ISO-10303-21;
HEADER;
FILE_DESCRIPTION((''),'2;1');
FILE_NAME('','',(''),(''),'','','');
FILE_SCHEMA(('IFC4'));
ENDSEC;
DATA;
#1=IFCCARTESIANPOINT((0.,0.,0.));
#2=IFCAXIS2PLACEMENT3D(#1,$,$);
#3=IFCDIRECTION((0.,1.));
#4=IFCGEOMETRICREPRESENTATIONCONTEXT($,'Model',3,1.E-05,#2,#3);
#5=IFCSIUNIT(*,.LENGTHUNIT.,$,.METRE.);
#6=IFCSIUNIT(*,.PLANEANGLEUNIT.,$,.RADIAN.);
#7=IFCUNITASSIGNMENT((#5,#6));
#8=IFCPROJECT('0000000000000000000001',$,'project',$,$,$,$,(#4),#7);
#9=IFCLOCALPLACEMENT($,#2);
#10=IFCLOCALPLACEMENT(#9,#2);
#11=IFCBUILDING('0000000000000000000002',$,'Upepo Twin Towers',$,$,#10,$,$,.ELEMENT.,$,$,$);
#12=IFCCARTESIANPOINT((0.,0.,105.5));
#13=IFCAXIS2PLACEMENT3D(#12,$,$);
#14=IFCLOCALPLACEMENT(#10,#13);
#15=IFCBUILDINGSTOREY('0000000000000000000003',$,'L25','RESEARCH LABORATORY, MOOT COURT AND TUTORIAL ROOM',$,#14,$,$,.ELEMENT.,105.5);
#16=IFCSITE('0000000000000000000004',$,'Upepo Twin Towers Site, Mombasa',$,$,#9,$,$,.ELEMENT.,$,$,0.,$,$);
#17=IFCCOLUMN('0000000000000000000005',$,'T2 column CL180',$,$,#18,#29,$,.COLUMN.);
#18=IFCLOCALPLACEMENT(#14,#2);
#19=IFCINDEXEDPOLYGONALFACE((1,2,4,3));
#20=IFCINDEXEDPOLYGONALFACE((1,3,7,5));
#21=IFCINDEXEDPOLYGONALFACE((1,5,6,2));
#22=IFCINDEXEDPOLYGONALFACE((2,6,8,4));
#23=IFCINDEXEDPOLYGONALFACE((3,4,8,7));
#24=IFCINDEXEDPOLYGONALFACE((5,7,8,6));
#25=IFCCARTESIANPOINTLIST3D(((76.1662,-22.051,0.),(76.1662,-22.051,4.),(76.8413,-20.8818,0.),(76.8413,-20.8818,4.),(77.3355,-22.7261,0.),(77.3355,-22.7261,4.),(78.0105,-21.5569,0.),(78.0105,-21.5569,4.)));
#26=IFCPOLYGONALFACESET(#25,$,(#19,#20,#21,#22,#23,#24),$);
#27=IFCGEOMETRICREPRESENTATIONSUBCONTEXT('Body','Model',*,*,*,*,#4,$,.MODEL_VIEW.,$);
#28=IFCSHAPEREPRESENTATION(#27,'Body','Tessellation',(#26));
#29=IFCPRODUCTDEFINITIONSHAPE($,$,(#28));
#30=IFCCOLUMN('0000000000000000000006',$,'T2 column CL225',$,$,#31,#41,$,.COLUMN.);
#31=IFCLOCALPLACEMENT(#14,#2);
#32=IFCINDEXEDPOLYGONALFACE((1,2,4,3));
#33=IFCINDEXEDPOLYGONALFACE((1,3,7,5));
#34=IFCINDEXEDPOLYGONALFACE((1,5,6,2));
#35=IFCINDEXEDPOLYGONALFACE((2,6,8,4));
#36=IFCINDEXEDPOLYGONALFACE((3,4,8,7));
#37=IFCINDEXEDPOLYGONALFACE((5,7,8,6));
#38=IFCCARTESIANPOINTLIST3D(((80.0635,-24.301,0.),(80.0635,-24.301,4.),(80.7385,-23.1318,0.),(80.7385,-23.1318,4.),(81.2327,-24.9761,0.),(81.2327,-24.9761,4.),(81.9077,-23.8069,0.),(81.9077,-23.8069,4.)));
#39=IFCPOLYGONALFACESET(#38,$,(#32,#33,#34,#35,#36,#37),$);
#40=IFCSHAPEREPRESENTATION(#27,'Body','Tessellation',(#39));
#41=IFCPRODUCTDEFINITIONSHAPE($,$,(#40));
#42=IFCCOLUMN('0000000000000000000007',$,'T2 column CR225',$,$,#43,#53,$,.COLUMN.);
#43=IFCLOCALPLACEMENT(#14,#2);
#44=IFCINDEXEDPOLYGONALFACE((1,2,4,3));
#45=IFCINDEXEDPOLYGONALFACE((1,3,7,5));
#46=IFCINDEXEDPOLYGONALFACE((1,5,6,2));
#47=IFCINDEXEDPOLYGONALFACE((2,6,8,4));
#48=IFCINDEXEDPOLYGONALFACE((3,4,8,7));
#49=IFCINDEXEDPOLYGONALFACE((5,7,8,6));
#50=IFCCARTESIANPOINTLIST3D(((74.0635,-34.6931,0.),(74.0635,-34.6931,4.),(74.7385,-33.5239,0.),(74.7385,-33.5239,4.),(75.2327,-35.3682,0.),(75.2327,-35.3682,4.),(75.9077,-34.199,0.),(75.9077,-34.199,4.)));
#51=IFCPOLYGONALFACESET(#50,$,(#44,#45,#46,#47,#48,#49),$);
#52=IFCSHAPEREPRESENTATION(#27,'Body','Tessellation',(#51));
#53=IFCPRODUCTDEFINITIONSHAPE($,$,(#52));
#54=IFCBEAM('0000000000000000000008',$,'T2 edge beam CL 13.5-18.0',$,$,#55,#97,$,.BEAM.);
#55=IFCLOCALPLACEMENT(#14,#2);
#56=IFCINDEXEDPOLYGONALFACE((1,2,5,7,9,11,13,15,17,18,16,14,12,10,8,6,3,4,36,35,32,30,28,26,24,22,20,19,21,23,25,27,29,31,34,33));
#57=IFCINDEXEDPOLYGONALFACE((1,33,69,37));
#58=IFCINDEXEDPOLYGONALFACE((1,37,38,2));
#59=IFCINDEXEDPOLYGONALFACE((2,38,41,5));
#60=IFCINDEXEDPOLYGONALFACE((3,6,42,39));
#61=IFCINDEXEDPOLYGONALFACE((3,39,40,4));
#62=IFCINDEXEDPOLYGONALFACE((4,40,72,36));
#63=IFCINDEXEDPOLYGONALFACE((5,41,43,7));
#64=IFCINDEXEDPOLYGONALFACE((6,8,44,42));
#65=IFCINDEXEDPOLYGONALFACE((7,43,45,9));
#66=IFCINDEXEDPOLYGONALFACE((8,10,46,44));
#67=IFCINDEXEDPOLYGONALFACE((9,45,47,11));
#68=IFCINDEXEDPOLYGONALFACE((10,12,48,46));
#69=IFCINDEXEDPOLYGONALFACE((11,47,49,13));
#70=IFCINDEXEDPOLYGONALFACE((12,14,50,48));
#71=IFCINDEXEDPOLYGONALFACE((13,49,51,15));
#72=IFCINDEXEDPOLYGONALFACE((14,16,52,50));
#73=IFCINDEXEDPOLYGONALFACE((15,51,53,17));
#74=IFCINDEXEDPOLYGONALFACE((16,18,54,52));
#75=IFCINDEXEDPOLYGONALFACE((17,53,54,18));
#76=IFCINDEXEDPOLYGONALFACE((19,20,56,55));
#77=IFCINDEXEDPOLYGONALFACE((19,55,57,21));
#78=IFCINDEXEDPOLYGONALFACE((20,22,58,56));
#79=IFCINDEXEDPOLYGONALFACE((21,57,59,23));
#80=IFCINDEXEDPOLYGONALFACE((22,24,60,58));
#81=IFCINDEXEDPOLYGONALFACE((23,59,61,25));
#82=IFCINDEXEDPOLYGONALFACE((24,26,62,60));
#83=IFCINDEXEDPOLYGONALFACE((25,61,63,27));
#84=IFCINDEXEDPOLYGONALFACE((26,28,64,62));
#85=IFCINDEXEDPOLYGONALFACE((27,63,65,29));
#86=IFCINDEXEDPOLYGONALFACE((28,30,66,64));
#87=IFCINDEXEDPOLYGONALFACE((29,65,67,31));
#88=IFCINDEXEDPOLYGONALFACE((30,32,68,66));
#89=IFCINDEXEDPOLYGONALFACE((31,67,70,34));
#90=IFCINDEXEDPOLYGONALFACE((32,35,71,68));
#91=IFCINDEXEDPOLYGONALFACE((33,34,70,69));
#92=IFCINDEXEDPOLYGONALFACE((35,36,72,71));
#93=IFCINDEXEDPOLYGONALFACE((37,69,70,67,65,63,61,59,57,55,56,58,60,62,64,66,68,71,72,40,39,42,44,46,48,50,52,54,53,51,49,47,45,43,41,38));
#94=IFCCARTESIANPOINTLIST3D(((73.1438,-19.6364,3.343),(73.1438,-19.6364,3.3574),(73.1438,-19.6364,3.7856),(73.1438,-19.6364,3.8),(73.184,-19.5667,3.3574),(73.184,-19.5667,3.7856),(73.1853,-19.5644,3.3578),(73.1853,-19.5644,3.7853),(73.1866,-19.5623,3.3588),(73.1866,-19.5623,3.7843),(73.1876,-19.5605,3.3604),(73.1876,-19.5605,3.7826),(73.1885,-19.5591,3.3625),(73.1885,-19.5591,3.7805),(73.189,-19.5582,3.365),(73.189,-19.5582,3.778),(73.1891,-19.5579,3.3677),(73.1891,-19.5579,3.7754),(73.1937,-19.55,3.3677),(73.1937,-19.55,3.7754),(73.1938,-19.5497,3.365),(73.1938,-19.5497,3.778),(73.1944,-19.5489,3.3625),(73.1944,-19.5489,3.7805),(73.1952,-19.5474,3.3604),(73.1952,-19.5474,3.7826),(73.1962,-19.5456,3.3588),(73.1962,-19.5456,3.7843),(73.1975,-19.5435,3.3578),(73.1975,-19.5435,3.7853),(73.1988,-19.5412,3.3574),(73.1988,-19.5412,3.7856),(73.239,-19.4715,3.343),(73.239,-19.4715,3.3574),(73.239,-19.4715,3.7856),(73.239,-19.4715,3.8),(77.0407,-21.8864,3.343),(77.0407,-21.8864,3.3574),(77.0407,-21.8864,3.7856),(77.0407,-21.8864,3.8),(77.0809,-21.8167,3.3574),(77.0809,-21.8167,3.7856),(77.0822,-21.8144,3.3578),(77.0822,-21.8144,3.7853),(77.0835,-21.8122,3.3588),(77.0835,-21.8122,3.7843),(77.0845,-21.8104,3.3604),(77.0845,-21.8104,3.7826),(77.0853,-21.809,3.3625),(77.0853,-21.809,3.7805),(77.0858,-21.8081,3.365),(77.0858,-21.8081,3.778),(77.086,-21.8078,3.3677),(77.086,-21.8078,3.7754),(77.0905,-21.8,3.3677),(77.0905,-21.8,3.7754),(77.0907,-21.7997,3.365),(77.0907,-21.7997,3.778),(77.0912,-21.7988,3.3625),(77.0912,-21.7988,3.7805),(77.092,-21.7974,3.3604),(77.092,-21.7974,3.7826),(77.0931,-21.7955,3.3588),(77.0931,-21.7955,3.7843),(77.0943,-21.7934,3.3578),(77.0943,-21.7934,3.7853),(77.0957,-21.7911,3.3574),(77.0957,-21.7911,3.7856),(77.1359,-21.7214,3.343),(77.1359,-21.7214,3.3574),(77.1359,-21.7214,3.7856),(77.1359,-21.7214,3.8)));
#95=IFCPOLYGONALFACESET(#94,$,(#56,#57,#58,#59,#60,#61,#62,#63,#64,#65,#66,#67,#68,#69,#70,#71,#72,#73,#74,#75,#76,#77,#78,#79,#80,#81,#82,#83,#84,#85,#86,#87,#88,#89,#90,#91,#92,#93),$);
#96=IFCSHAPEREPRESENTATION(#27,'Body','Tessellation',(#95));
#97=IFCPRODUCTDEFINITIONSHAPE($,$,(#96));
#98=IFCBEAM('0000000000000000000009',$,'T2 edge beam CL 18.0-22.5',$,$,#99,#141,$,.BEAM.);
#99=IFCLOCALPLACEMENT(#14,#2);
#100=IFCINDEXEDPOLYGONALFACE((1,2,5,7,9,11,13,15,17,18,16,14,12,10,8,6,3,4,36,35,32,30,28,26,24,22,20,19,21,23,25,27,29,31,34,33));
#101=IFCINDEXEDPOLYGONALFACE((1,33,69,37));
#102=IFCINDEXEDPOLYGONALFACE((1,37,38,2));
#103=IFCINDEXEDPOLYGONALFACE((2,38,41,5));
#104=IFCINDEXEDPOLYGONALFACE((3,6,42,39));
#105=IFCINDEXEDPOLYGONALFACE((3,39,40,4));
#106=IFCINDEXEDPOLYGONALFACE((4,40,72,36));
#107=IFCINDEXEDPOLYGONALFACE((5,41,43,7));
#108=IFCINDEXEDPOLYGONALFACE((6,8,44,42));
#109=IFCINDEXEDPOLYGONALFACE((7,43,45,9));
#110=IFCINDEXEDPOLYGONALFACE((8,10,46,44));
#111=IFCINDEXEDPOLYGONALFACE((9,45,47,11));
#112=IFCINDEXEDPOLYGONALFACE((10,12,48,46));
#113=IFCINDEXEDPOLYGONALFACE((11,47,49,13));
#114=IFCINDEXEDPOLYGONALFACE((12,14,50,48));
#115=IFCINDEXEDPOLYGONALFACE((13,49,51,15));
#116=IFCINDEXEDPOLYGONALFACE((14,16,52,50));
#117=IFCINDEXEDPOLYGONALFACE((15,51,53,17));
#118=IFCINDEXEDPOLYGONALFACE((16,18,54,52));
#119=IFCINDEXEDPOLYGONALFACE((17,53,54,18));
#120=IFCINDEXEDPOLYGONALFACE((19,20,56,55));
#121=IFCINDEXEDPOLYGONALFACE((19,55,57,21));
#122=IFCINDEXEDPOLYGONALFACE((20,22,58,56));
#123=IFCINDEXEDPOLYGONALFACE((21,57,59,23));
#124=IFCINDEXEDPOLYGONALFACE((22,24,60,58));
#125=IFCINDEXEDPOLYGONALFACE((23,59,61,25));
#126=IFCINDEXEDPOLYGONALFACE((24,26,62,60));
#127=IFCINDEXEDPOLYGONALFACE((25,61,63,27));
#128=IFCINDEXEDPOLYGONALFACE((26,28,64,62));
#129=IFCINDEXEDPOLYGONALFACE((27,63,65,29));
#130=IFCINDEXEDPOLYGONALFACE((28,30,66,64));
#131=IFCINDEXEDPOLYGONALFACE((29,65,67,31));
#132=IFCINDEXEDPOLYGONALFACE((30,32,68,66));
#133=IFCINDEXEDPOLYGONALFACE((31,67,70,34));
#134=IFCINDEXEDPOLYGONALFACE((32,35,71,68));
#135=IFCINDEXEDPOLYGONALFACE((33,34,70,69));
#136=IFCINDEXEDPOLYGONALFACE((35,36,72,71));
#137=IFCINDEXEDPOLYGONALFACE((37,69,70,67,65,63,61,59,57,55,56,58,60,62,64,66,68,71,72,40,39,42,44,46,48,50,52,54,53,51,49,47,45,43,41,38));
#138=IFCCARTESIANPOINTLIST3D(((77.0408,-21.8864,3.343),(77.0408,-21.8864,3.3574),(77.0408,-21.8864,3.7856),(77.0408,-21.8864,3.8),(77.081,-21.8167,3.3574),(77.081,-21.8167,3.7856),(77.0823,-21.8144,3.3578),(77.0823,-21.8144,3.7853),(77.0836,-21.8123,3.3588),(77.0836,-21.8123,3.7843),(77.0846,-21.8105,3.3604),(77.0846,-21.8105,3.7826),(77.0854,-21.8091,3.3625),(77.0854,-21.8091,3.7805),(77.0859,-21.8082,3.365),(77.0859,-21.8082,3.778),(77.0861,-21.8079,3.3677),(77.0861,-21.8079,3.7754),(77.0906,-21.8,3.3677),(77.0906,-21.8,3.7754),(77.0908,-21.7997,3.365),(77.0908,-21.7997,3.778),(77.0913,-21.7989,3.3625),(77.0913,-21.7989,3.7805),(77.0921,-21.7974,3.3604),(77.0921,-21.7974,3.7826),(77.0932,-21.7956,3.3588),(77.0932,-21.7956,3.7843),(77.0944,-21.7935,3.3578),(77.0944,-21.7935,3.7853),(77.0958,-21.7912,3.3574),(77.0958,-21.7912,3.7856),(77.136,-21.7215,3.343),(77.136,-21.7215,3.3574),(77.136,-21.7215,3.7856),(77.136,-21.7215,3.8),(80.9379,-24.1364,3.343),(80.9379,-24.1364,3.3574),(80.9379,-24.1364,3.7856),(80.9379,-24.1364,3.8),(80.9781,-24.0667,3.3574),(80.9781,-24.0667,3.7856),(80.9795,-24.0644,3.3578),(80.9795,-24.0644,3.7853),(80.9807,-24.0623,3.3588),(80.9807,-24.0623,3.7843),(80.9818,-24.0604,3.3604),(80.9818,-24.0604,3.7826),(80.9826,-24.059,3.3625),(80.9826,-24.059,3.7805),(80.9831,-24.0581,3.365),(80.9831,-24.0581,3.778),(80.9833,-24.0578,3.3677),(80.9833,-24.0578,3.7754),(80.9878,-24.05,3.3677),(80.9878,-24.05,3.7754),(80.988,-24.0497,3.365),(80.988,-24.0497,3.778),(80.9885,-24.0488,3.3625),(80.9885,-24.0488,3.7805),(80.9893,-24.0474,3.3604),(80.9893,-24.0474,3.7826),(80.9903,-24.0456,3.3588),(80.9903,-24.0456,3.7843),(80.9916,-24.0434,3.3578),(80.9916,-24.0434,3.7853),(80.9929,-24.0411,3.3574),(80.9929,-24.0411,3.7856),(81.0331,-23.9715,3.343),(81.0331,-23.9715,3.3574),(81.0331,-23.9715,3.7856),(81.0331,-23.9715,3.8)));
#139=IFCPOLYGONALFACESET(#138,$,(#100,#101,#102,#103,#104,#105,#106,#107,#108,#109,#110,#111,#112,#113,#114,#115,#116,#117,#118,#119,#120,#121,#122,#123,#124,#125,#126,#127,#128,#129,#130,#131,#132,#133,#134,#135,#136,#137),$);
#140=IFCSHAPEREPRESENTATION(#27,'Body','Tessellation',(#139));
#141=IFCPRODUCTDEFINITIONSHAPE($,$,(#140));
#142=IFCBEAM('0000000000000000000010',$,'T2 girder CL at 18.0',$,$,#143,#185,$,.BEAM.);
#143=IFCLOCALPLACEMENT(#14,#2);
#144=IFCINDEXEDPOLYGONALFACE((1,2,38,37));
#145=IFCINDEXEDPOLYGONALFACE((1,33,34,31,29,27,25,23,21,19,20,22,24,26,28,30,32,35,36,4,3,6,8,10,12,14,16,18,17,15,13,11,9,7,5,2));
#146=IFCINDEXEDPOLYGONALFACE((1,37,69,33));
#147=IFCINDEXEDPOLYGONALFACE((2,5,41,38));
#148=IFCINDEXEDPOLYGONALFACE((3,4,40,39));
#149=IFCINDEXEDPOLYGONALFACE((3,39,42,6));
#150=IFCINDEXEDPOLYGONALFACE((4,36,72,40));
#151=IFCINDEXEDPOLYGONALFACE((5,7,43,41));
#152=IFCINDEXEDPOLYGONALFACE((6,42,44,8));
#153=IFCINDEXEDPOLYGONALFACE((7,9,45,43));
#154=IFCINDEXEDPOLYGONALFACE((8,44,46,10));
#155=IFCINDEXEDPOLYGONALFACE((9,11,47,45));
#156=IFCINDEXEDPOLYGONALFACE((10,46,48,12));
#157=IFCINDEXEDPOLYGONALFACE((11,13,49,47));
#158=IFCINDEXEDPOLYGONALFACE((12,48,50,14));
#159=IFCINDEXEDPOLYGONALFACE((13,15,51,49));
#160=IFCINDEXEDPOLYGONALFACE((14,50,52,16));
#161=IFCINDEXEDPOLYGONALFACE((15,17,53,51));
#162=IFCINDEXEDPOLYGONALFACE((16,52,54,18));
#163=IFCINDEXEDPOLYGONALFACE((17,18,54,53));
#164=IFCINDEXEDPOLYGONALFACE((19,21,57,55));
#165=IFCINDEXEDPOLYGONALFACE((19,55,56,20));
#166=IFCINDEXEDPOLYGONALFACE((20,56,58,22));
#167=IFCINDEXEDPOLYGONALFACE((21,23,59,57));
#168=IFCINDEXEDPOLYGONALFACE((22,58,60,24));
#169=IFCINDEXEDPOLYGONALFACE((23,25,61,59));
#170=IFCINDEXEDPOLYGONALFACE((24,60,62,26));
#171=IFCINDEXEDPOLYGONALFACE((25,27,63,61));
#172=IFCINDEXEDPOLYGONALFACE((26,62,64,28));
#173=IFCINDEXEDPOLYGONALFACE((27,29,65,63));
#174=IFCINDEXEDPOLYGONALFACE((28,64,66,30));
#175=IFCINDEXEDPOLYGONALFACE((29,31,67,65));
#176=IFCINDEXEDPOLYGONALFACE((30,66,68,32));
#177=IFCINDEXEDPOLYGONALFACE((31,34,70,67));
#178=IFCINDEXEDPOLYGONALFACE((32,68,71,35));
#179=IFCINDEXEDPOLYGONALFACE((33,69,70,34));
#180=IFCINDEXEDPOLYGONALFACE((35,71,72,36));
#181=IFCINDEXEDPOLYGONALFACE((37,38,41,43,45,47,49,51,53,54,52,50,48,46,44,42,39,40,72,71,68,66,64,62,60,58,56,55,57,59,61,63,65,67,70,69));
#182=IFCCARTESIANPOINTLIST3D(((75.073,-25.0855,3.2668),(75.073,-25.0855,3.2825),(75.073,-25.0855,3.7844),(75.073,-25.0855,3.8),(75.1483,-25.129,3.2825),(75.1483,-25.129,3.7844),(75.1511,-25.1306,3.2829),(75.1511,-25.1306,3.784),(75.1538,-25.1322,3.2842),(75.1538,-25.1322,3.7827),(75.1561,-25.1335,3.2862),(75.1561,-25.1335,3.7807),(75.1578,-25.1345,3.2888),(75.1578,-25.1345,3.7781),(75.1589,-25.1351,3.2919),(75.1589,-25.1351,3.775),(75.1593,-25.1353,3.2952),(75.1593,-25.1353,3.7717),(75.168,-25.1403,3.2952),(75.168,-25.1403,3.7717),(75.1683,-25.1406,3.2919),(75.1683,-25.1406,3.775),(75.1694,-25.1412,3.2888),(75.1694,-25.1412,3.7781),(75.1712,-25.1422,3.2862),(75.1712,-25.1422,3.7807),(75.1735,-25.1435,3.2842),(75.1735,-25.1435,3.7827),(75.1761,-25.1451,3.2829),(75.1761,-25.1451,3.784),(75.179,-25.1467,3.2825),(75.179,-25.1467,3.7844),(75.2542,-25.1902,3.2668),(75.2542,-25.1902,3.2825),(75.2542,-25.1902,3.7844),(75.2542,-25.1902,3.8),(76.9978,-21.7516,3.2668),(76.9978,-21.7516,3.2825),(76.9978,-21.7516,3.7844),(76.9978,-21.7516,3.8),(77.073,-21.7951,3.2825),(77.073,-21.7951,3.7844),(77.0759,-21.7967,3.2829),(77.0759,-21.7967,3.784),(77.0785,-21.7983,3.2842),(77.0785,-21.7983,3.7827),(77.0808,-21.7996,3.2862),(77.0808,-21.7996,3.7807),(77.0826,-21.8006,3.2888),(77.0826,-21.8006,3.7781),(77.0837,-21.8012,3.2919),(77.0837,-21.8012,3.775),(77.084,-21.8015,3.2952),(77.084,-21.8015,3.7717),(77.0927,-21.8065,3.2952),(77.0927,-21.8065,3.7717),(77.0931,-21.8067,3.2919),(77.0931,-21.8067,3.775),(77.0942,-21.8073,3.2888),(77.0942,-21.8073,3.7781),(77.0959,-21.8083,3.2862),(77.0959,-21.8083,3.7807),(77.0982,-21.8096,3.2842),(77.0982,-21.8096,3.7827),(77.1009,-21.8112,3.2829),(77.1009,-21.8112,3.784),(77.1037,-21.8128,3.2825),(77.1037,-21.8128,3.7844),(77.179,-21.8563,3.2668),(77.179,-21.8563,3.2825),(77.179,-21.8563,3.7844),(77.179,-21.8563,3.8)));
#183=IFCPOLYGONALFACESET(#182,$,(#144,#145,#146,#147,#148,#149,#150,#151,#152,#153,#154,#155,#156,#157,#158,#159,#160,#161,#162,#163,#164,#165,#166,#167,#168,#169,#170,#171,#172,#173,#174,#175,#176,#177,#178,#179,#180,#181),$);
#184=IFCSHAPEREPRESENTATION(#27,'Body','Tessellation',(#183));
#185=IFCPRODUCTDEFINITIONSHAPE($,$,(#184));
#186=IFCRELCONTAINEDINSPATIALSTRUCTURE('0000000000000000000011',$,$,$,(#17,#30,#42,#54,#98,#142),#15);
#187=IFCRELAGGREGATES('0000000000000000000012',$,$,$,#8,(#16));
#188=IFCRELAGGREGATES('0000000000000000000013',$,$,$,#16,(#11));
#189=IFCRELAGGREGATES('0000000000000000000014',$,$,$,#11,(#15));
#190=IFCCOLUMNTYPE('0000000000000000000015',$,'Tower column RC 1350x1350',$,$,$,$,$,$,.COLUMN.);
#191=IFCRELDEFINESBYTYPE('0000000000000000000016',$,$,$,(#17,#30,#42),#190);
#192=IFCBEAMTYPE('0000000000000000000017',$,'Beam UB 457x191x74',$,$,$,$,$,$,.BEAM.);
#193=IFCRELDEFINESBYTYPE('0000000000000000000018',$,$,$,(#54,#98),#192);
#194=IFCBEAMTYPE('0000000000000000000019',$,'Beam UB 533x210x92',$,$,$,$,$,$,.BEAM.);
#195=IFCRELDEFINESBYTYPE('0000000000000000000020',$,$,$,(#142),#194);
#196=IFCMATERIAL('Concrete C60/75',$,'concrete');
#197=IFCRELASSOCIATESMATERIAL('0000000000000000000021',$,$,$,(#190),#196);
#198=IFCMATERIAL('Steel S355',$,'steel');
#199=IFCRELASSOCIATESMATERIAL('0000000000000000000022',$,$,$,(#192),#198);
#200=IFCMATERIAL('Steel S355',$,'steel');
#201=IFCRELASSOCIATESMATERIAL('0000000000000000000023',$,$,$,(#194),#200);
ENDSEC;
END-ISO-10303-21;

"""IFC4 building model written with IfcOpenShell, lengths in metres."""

from ifc_helpers import new_model, si_unit, direction, frame, origin, origin_2d, place, context, subcontext, project, spatial, rectangle, i_section, extrude, material, material_profile, profile_set, type_object, element, save


model = new_model("IFC4")

# Units and contexts
model_context = context("Model", 3, precision=1e-05, world=origin(), true_north=direction((0.0, 1.0)))
body_context = subcontext(model_context, "Body", "Model", "MODEL_VIEW")
ifc_project = project(units=[si_unit("LENGTHUNIT", "METRE"), si_unit("PLANEANGLEUNIT", "RADIAN")], contexts=[model_context])

# Site, building, storey
site_placement = place(None, origin())
site = spatial("IfcSite", under=ifc_project, at=site_placement, Name="Upepo Twin Towers Site, Mombasa", CompositionType="ELEMENT", RefElevation=0.0)
building_placement = place(site_placement, origin())
building = spatial("IfcBuilding", under=site, at=building_placement, Name="Upepo Twin Towers", CompositionType="ELEMENT")
storey_placement = place(building_placement, frame((0.0, 0.0, 105.5)))
storey = spatial("IfcBuildingStorey", under=building, at=storey_placement, Name="L25", Description="RESEARCH LABORATORY, MOOT COURT AND TUTORIAL ROOM", CompositionType="ELEMENT", Elevation=105.5)

# Columns
ifc_material_1 = material(Name="Concrete C60/75", Category="concrete")
ifc_material_profile_1 = material_profile(ifc_material_1, rectangle(XDim=1.3501, YDim=1.3501, at=origin_2d()), Name="RC 1350x1350")
ifc_profile_set_1 = profile_set([ifc_material_profile_1], Name="Concrete C60/75")
column_type = type_object("IfcColumnType", Name="Tower column RC 1350x1350", PredefinedType="COLUMN", material=ifc_profile_set_1)
for number, where, z_axis, x_axis, name in (
    (1, (77.0884, -21.804, 0.0), (0.0, 0.0, 1.0), (0.5, 0.866025, 0.0), "T2 column CL180"),
    (2, (80.9856, -24.054, 0.0), (0.0, 0.0, 1.0), (0.5, 0.866025, 0.0), "T2 column CL225"),
    (3, (74.9856, -34.446, 0.0), (0.0, 0.0, 1.0), (0.5, 0.866025, 0.0), "T2 column CR225"),
):
    element("IfcColumn", number, at=place(storey_placement, frame(where, z_axis=z_axis, x_axis=x_axis)), inside=storey, type_object=column_type, Name=name, PredefinedType="COLUMN", context=body_context, shape_type="SweptSolid", body=[
        extrude(rectangle(XDim=1.3501, YDim=1.3501, at=origin_2d()), origin(), (0.0, 0.0, 1.0), 4.0),
    ])

# Beams
ifc_material_2 = material(Name="Steel S355", Category="steel")
ifc_material_profile_2 = material_profile(ifc_material_2, i_section(OverallWidth=0.1904, OverallDepth=0.457, WebThickness=0.009, FlangeThickness=0.0144, FilletRadius=0.0103, at=origin_2d()), Name="UB 457x191x74")
ifc_profile_set_2 = profile_set([ifc_material_profile_2], Name="Steel S355")
beam_type_1 = type_object("IfcBeamType", Name="Beam UB 457x191x74", PredefinedType="BEAM", material=ifc_profile_set_2)
beam_1_placement = place(storey_placement, frame((73.1914, -19.554, 3.5715), z_axis=(0.866018, -0.500014, 0.0), x_axis=(0.500014, 0.866018, 0.0)))
element("IfcBeam", 4, at=beam_1_placement, inside=storey, type_object=beam_type_1, Name="T2 edge beam CL 13.5-18.0", PredefinedType="BEAM", context=body_context, shape_type="SweptSolid", body=[
    extrude(i_section(OverallWidth=0.1904, OverallDepth=0.457, WebThickness=0.009, FlangeThickness=0.0144, FilletRadius=0.0103, at=origin_2d()), origin(), (0.0, 0.0, 1.0), 4.4998),
])
beam_2_placement = place(storey_placement, frame((77.0884, -21.804, 3.5715), z_axis=(0.866031, -0.49999, 0.0), x_axis=(0.49999, 0.866031, 0.0)))
element("IfcBeam", 5, at=beam_2_placement, inside=storey, type_object=beam_type_1, Name="T2 edge beam CL 18.0-22.5", PredefinedType="BEAM", context=body_context, shape_type="SweptSolid", body=[
    extrude(i_section(OverallWidth=0.1904, OverallDepth=0.457, WebThickness=0.009, FlangeThickness=0.0144, FilletRadius=0.0103, at=origin_2d()), origin(), (0.0, 0.0, 1.0), 4.5),
])
ifc_material_3 = material(Name="Steel S355", Category="steel")
ifc_material_profile_3 = material_profile(ifc_material_3, i_section(OverallWidth=0.2092, OverallDepth=0.5332, WebThickness=0.01, FlangeThickness=0.0156, FilletRadius=0.0127, at=origin_2d()), Name="UB 533x210x92")
ifc_profile_set_3 = profile_set([ifc_material_profile_3], Name="Steel S355")
beam_type_2 = type_object("IfcBeamType", Name="Beam UB 533x210x92", PredefinedType="BEAM", material=ifc_profile_set_3)
beam_3_placement = place(storey_placement, frame((77.0884, -21.804, 3.5334), z_axis=(-0.499986, -0.866034, 0.0), x_axis=(0.866034, -0.499986, 0.0)))
element("IfcBeam", 6, at=beam_3_placement, inside=storey, type_object=beam_type_2, Name="T2 girder CL at 18.0", PredefinedType="BEAM", context=body_context, shape_type="SweptSolid", body=[
    extrude(i_section(OverallWidth=0.2092, OverallDepth=0.5332, WebThickness=0.01, FlangeThickness=0.0156, FilletRadius=0.0127, at=origin_2d()), origin(), (0.0, 0.0, 1.0), 3.8496),
])

save(model, "model.ifc")
